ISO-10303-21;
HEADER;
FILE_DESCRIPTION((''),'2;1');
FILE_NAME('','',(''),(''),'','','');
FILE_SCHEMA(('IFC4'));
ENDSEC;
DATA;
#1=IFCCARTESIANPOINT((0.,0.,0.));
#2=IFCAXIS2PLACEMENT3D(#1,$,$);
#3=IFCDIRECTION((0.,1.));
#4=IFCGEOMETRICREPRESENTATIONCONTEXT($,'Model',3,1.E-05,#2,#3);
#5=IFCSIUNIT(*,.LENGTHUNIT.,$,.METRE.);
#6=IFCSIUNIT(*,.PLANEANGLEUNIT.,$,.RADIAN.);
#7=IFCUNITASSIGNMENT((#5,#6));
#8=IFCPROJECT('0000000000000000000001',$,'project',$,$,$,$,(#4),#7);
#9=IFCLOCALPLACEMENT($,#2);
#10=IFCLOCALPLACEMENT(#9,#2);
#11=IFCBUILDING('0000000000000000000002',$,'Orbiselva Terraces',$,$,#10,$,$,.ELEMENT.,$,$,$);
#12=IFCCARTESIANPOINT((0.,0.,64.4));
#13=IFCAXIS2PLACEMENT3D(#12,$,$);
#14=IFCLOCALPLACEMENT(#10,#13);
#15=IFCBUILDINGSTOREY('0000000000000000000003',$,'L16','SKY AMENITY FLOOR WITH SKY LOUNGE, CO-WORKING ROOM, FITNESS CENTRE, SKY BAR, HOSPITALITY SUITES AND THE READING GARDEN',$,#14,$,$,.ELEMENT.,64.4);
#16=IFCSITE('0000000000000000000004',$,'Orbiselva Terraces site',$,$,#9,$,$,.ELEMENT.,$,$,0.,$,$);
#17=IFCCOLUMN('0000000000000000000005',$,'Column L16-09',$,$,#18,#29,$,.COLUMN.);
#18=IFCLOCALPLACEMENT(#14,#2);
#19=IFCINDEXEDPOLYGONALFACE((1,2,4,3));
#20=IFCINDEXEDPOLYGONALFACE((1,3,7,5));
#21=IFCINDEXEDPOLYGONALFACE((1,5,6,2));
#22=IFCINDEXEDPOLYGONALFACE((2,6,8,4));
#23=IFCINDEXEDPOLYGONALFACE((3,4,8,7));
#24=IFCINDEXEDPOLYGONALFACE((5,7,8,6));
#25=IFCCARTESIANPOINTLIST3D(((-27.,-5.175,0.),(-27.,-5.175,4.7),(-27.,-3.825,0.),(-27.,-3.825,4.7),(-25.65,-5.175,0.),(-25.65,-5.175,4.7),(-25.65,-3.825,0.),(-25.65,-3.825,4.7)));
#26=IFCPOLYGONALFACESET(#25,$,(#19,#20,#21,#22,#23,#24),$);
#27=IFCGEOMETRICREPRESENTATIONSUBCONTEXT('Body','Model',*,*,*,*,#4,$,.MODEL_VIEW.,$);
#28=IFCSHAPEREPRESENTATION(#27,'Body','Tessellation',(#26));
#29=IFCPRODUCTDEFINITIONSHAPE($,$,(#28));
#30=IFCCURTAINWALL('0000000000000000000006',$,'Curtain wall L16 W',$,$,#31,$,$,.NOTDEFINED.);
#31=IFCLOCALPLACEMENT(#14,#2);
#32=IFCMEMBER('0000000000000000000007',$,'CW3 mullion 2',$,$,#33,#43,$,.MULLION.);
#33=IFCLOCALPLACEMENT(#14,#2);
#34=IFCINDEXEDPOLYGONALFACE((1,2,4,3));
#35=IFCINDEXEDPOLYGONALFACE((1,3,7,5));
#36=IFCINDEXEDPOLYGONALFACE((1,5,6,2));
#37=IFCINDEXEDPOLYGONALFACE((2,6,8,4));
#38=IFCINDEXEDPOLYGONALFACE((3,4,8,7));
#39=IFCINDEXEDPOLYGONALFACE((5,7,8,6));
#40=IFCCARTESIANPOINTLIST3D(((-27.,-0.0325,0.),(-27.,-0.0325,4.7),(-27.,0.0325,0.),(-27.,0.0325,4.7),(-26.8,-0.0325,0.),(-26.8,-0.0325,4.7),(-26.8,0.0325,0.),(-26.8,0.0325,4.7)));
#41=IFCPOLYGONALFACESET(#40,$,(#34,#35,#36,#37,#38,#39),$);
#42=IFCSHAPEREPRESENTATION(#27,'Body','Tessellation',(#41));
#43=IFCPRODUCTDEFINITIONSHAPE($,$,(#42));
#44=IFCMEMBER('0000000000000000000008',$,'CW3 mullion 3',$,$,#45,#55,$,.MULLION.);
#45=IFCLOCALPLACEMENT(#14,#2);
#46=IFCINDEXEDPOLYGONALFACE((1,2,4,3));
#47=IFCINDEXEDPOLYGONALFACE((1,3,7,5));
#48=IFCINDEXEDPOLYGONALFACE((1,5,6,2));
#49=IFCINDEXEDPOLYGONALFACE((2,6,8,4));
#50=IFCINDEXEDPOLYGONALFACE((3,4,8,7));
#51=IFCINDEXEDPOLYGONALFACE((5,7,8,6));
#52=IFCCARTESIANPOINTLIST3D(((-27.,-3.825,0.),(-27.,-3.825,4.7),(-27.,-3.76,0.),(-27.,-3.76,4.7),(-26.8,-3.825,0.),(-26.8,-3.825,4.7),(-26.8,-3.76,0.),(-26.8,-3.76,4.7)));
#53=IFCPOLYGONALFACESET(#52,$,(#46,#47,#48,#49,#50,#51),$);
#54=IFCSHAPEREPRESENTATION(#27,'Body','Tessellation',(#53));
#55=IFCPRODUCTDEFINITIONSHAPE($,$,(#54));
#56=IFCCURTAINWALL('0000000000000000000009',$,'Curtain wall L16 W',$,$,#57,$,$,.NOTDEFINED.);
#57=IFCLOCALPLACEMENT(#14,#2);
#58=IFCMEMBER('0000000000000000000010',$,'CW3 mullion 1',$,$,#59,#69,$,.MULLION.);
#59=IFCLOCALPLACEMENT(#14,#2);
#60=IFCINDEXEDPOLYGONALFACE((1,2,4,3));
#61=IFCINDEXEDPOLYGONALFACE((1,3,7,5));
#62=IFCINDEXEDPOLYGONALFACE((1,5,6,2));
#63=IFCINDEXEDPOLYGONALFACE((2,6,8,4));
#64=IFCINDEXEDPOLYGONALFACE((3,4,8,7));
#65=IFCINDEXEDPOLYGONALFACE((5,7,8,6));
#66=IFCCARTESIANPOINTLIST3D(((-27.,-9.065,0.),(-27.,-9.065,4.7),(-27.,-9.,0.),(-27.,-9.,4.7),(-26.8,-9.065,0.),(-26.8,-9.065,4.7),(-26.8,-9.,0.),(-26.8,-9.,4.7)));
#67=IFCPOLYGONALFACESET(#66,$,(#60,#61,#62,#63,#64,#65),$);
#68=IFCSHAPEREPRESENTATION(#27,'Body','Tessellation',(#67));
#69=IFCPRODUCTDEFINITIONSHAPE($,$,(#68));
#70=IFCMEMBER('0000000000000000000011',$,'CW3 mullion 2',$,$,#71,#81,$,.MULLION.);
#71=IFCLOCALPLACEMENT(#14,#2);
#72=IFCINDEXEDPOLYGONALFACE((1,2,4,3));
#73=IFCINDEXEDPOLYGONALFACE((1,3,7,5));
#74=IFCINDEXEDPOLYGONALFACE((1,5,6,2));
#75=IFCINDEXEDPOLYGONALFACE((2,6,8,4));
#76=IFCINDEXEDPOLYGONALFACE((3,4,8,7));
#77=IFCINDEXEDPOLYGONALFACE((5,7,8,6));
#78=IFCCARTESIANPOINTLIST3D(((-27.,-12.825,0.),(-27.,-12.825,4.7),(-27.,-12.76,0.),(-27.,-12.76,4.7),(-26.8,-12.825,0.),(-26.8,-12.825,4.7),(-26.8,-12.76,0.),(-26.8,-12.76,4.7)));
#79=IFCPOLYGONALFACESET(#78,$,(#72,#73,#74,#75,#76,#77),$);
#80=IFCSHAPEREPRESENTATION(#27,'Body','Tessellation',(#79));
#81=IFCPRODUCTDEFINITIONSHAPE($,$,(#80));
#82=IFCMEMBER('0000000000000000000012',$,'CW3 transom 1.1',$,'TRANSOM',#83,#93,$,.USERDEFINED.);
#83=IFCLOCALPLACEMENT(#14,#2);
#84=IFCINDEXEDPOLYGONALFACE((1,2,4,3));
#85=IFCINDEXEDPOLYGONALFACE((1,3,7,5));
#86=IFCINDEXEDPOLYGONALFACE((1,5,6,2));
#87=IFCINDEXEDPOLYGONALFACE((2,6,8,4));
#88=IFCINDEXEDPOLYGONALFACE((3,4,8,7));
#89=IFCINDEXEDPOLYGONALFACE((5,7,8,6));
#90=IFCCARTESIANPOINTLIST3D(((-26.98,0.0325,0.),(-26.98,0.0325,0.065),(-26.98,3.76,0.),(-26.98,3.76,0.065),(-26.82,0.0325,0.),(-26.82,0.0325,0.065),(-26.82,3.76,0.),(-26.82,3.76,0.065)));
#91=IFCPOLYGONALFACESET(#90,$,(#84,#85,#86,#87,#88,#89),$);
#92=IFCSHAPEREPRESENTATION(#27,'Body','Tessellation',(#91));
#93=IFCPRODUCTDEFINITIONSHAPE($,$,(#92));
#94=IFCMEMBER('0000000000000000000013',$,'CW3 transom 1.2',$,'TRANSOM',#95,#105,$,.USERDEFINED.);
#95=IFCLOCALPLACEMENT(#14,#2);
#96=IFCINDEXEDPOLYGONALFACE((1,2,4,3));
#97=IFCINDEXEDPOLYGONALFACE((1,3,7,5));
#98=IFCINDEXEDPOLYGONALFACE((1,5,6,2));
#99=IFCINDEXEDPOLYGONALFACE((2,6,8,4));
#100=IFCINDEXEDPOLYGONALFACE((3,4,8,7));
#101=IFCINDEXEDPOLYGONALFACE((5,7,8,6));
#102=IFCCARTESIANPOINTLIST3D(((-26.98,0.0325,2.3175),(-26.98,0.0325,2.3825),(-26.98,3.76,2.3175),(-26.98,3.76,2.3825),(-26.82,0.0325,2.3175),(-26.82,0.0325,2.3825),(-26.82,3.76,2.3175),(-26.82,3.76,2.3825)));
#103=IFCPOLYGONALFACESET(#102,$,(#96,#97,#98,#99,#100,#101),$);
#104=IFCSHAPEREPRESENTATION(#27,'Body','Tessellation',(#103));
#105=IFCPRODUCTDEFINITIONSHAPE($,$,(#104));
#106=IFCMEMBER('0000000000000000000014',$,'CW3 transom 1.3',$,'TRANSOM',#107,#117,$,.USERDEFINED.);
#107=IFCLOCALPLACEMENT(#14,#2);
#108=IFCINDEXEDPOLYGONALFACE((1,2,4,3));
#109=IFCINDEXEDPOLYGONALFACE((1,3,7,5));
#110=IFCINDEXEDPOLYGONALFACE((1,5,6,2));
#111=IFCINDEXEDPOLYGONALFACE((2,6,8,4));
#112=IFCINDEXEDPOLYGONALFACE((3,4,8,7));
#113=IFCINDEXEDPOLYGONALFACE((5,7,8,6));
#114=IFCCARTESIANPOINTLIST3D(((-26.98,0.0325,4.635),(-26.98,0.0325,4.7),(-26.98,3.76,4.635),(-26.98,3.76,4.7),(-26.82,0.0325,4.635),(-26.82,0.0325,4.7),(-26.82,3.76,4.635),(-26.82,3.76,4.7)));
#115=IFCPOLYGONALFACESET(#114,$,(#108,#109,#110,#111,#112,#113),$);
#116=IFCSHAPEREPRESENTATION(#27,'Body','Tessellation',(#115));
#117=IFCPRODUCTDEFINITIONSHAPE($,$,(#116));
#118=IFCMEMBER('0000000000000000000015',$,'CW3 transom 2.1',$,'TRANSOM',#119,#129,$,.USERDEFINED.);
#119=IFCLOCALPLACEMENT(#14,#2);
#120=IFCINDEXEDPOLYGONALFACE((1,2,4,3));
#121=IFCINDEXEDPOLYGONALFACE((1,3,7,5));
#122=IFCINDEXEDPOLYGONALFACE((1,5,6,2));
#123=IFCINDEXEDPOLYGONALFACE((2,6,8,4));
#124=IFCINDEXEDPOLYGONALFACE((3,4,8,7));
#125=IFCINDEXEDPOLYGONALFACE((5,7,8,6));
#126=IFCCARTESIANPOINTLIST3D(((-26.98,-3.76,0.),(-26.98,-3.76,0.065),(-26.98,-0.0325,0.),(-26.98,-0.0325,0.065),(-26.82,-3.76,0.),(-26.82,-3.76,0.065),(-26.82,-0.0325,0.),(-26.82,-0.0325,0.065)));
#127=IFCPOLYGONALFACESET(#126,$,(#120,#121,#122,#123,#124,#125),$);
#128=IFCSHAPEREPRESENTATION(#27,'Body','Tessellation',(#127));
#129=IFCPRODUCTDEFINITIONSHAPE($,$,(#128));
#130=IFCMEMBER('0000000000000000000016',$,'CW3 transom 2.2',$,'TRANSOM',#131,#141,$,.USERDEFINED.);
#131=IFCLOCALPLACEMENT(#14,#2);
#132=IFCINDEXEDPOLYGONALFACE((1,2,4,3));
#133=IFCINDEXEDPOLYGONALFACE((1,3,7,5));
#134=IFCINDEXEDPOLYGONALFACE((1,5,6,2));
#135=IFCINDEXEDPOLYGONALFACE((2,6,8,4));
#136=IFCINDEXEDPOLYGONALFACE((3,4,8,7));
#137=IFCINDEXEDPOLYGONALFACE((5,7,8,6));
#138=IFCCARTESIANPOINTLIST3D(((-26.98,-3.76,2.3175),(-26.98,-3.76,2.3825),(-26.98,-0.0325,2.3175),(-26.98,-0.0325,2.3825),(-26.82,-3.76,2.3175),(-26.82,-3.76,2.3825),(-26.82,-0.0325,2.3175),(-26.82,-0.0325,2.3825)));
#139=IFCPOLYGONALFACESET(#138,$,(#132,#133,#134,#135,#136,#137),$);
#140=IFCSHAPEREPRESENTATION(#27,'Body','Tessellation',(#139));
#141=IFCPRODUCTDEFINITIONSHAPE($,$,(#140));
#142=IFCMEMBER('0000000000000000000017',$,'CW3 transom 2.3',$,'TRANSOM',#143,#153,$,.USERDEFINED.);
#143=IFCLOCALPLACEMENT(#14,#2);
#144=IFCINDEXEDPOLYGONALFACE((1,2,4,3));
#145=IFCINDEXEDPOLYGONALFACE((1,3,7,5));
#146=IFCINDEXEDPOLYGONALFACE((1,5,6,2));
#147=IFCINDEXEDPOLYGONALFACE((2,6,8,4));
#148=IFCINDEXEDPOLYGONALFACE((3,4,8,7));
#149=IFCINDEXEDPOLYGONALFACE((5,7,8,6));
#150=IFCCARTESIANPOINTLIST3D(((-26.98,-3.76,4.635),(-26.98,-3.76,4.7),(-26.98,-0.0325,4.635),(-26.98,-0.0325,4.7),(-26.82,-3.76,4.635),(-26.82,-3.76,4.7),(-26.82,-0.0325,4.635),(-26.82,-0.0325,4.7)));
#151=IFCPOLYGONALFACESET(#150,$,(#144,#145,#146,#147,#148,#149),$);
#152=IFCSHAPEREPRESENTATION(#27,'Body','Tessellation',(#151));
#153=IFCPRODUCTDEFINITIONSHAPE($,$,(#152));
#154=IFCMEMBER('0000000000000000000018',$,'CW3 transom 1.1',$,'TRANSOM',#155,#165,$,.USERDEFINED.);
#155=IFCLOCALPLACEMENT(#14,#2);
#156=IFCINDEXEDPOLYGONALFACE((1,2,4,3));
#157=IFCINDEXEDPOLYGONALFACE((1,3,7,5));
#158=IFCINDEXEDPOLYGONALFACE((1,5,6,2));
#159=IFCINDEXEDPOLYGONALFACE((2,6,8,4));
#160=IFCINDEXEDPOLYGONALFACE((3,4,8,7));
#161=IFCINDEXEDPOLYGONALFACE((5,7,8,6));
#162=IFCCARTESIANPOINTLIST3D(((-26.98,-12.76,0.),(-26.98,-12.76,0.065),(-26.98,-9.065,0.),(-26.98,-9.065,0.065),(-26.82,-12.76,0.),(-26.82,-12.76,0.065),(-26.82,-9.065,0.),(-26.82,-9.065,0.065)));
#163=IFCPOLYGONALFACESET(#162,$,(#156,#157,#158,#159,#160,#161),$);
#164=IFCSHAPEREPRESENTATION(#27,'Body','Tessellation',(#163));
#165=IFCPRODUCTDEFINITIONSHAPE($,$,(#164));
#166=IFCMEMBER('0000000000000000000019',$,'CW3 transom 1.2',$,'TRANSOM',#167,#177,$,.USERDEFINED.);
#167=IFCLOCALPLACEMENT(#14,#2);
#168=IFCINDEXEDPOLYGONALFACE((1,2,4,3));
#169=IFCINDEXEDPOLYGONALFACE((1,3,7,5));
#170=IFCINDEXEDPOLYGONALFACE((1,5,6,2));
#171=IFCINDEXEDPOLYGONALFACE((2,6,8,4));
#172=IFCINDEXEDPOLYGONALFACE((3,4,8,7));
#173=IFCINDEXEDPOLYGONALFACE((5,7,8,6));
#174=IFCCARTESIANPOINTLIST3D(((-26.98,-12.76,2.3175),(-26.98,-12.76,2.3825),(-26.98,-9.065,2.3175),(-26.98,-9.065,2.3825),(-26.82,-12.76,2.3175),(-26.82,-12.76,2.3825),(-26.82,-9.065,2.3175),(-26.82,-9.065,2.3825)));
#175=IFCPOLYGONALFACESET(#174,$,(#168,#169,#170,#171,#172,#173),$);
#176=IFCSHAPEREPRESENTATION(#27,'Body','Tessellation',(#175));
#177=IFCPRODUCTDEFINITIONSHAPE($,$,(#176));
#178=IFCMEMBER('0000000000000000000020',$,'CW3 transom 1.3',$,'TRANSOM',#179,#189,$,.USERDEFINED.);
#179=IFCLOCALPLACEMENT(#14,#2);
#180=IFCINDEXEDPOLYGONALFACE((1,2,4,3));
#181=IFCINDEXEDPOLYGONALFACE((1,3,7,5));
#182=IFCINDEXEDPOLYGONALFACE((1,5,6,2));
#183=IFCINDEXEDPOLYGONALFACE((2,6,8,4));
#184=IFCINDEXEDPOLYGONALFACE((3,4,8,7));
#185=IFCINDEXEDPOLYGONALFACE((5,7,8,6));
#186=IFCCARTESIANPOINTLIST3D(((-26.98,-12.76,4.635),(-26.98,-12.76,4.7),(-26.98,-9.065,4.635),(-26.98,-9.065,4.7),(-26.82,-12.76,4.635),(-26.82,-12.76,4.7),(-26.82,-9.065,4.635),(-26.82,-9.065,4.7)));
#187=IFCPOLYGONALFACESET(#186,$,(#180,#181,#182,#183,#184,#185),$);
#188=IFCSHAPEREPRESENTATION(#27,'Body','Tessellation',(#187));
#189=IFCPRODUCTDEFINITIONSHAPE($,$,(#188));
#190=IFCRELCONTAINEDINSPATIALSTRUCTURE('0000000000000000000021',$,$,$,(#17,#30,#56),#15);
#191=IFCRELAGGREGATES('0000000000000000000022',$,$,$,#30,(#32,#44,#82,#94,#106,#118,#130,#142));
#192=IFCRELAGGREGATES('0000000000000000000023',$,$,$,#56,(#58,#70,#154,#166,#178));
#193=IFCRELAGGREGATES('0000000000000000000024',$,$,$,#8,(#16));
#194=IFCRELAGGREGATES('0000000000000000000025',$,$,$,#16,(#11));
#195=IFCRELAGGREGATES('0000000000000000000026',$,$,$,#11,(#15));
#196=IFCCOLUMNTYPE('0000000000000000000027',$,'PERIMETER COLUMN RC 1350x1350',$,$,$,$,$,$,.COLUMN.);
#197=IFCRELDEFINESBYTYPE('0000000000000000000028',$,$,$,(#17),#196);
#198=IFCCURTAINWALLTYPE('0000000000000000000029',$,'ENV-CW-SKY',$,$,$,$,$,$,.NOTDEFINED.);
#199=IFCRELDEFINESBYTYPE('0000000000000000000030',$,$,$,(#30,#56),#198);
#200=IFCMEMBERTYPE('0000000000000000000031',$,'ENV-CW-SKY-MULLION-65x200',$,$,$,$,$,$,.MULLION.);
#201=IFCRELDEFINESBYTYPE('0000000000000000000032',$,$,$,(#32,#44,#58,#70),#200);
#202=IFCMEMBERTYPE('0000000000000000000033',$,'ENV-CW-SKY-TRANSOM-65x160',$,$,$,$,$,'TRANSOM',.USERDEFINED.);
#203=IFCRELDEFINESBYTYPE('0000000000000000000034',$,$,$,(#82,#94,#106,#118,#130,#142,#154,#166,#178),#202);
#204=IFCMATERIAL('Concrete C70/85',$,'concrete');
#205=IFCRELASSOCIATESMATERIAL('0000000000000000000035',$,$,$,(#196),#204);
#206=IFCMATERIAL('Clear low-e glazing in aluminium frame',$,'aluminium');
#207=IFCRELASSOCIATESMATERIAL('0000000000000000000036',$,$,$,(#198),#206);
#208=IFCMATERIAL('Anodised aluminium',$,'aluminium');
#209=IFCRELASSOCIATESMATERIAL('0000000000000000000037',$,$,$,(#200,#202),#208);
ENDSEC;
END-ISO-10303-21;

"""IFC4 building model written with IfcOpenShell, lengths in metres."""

from ifc_helpers import new_model, si_unit, direction, frame, origin, origin_2d, place, context, subcontext, project, spatial, rectangle, extrude, material, material_profile, profile_set, type_object, element, aggregate, save


model = new_model("IFC4")

# Units and contexts
model_context = context("Model", 3, precision=1e-05, world=origin(), true_north=direction((0.0, 1.0)))
body_context = subcontext(model_context, "Body", "Model", "MODEL_VIEW")
ifc_project = project(units=[si_unit("LENGTHUNIT", "METRE"), si_unit("PLANEANGLEUNIT", "RADIAN")], contexts=[model_context])

# Site, building, storey
site_placement = place(None, origin())
site = spatial("IfcSite", under=ifc_project, at=site_placement, Name="Orbiselva Terraces site", CompositionType="ELEMENT", RefElevation=0.0)
building_placement = place(site_placement, origin())
building = spatial("IfcBuilding", under=site, at=building_placement, Name="Orbiselva Terraces", CompositionType="ELEMENT")
storey_placement = place(building_placement, frame((0.0, 0.0, 64.4)))
storey = spatial("IfcBuildingStorey", under=building, at=storey_placement, Name="L16", Description="SKY AMENITY FLOOR WITH SKY LOUNGE, CO-WORKING ROOM, FITNESS CENTRE, SKY BAR, HOSPITALITY SUITES AND THE READING GARDEN", CompositionType="ELEMENT", Elevation=64.4)

# Column
ifc_material_1 = material(Name="Concrete C70/85", Category="concrete")
ifc_material_profile_1 = material_profile(ifc_material_1, rectangle(XDim=1.35, YDim=1.35, at=origin_2d()), Name="RC 1350x1350")
ifc_profile_set_1 = profile_set([ifc_material_profile_1], Name="Concrete C70/85")
column_type = type_object("IfcColumnType", Name="PERIMETER COLUMN RC 1350x1350", PredefinedType="COLUMN", material=ifc_profile_set_1)
column_placement = place(storey_placement, frame((-26.325, -4.5, 0.0), z_axis=(0.0, 0.0, 1.0), x_axis=(1.0, 0.0, 0.0)))
element("IfcColumn", 1, at=column_placement, inside=storey, type_object=column_type, Name="Column L16-09", PredefinedType="COLUMN", context=body_context, shape_type="SweptSolid", body=[
    extrude(rectangle(XDim=1.35, YDim=1.35, at=origin_2d()), origin(), (0.0, 0.0, 1.0), 4.7),
])

# Curtain walls, members
ifc_material_2 = material(Name="Clear low-e glazing in aluminium frame", Category="aluminium")
curtain_wall_type = type_object("IfcCurtainWallType", Name="ENV-CW-SKY", PredefinedType="NOTDEFINED", material=ifc_material_2)
curtain_wall_1_placement = place(storey_placement, origin())
curtain_wall_1 = element("IfcCurtainWall", 2, at=curtain_wall_1_placement, inside=storey, type_object=curtain_wall_type, Name="Curtain wall L16 W", PredefinedType="NOTDEFINED")
ifc_material_3 = material(Name="Anodised aluminium", Category="aluminium")
ifc_material_profile_2 = material_profile(ifc_material_3, rectangle(XDim=0.2, YDim=0.065, at=origin_2d()), Name="AL 65x200")
ifc_profile_set_2 = profile_set([ifc_material_profile_2], Name="Anodised aluminium")
member_type_1 = type_object("IfcMemberType", Name="ENV-CW-SKY-MULLION-65x200", PredefinedType="MULLION", material=ifc_profile_set_2)
member_1_placement = place(storey_placement, frame((-26.9, 0.0, 0.0), z_axis=(0.0, 0.0, 1.0), x_axis=(1.0, 0.0, 0.0)))
member_1 = element("IfcMember", 3, at=member_1_placement, type_object=member_type_1, Name="CW3 mullion 2", PredefinedType="MULLION", context=body_context, shape_type="SweptSolid", body=[
    extrude(rectangle(XDim=0.2, YDim=0.065, at=origin_2d()), origin(), (0.0, 0.0, 1.0), 4.7),
])
member_2_placement = place(storey_placement, frame((-26.9, -3.7925, 0.0), z_axis=(0.0, 0.0, 1.0), x_axis=(1.0, 0.0, 0.0)))
member_2 = element("IfcMember", 4, at=member_2_placement, type_object=member_type_1, Name="CW3 mullion 3", PredefinedType="MULLION", context=body_context, shape_type="SweptSolid", body=[
    extrude(rectangle(XDim=0.2, YDim=0.065, at=origin_2d()), origin(), (0.0, 0.0, 1.0), 4.7),
])
curtain_wall_2_placement = place(storey_placement, origin())
curtain_wall_2 = element("IfcCurtainWall", 5, at=curtain_wall_2_placement, inside=storey, type_object=curtain_wall_type, Name="Curtain wall L16 W", PredefinedType="NOTDEFINED")
member_3_placement = place(storey_placement, frame((-26.9, -9.0325, 0.0), z_axis=(0.0, 0.0, 1.0), x_axis=(1.0, 0.0, 0.0)))
member_3 = element("IfcMember", 6, at=member_3_placement, type_object=member_type_1, Name="CW3 mullion 1", PredefinedType="MULLION", context=body_context, shape_type="SweptSolid", body=[
    extrude(rectangle(XDim=0.2, YDim=0.065, at=origin_2d()), origin(), (0.0, 0.0, 1.0), 4.7),
])
member_4_placement = place(storey_placement, frame((-26.9, -12.7925, 0.0), z_axis=(0.0, 0.0, 1.0), x_axis=(1.0, 0.0, 0.0)))
member_4 = element("IfcMember", 7, at=member_4_placement, type_object=member_type_1, Name="CW3 mullion 2", PredefinedType="MULLION", context=body_context, shape_type="SweptSolid", body=[
    extrude(rectangle(XDim=0.2, YDim=0.065, at=origin_2d()), origin(), (0.0, 0.0, 1.0), 4.7),
])

# Members
ifc_material_profile_3 = material_profile(ifc_material_3, rectangle(XDim=0.16, YDim=0.065, at=origin_2d()), Name="AL 65x160")
ifc_profile_set_3 = profile_set([ifc_material_profile_3], Name="Anodised aluminium")
member_type_2 = type_object("IfcMemberType", Name="ENV-CW-SKY-TRANSOM-65x160", ElementType="TRANSOM", PredefinedType="USERDEFINED", material=ifc_profile_set_3)
member_5_placement = place(storey_placement, frame((-26.9, 3.76, 0.0325), z_axis=(0.0, -1.0, 0.0), x_axis=(1.0, 0.0, 0.0)))
member_5 = element("IfcMember", 8, at=member_5_placement, type_object=member_type_2, Name="CW3 transom 1.1", ObjectType="TRANSOM", PredefinedType="USERDEFINED", context=body_context, shape_type="SweptSolid", body=[
    extrude(rectangle(XDim=0.16, YDim=0.065, at=origin_2d()), origin(), (0.0, 0.0, 1.0), 3.7275),
])
member_6_placement = place(storey_placement, frame((-26.9, 3.76, 2.35), z_axis=(0.0, -1.0, 0.0), x_axis=(1.0, 0.0, 0.0)))
member_6 = element("IfcMember", 9, at=member_6_placement, type_object=member_type_2, Name="CW3 transom 1.2", ObjectType="TRANSOM", PredefinedType="USERDEFINED", context=body_context, shape_type="SweptSolid", body=[
    extrude(rectangle(XDim=0.16, YDim=0.065, at=origin_2d()), origin(), (0.0, 0.0, 1.0), 3.7275),
])
member_7_placement = place(storey_placement, frame((-26.9, 3.76, 4.6675), z_axis=(0.0, -1.0, 0.0), x_axis=(1.0, 0.0, 0.0)))
member_7 = element("IfcMember", 10, at=member_7_placement, type_object=member_type_2, Name="CW3 transom 1.3", ObjectType="TRANSOM", PredefinedType="USERDEFINED", context=body_context, shape_type="SweptSolid", body=[
    extrude(rectangle(XDim=0.16, YDim=0.065, at=origin_2d()), origin(), (0.0, 0.0, 1.0), 3.7275),
])
member_8_placement = place(storey_placement, frame((-26.9, -0.0325, 0.0325), z_axis=(0.0, -1.0, 0.0), x_axis=(1.0, 0.0, 0.0)))
member_8 = element("IfcMember", 11, at=member_8_placement, type_object=member_type_2, Name="CW3 transom 2.1", ObjectType="TRANSOM", PredefinedType="USERDEFINED", context=body_context, shape_type="SweptSolid", body=[
    extrude(rectangle(XDim=0.16, YDim=0.065, at=origin_2d()), origin(), (0.0, 0.0, 1.0), 3.7275),
])
member_9_placement = place(storey_placement, frame((-26.9, -0.0325, 2.35), z_axis=(0.0, -1.0, 0.0), x_axis=(1.0, 0.0, 0.0)))
member_9 = element("IfcMember", 12, at=member_9_placement, type_object=member_type_2, Name="CW3 transom 2.2", ObjectType="TRANSOM", PredefinedType="USERDEFINED", context=body_context, shape_type="SweptSolid", body=[
    extrude(rectangle(XDim=0.16, YDim=0.065, at=origin_2d()), origin(), (0.0, 0.0, 1.0), 3.7275),
])
member_10_placement = place(storey_placement, frame((-26.9, -0.0325, 4.6675), z_axis=(0.0, -1.0, 0.0), x_axis=(1.0, 0.0, 0.0)))
member_10 = element("IfcMember", 13, at=member_10_placement, type_object=member_type_2, Name="CW3 transom 2.3", ObjectType="TRANSOM", PredefinedType="USERDEFINED", context=body_context, shape_type="SweptSolid", body=[
    extrude(rectangle(XDim=0.16, YDim=0.065, at=origin_2d()), origin(), (0.0, 0.0, 1.0), 3.7275),
])
member_11_placement = place(storey_placement, frame((-26.9, -9.065, 0.0325), z_axis=(0.0, -1.0, 0.0), x_axis=(1.0, 0.0, 0.0)))
member_11 = element("IfcMember", 14, at=member_11_placement, type_object=member_type_2, Name="CW3 transom 1.1", ObjectType="TRANSOM", PredefinedType="USERDEFINED", context=body_context, shape_type="SweptSolid", body=[
    extrude(rectangle(XDim=0.16, YDim=0.065, at=origin_2d()), origin(), (0.0, 0.0, 1.0), 3.695),
])
member_12_placement = place(storey_placement, frame((-26.9, -9.065, 2.35), z_axis=(0.0, -1.0, 0.0), x_axis=(1.0, 0.0, 0.0)))
member_12 = element("IfcMember", 15, at=member_12_placement, type_object=member_type_2, Name="CW3 transom 1.2", ObjectType="TRANSOM", PredefinedType="USERDEFINED", context=body_context, shape_type="SweptSolid", body=[
    extrude(rectangle(XDim=0.16, YDim=0.065, at=origin_2d()), origin(), (0.0, 0.0, 1.0), 3.695),
])
member_13_placement = place(storey_placement, frame((-26.9, -9.065, 4.6675), z_axis=(0.0, -1.0, 0.0), x_axis=(1.0, 0.0, 0.0)))
member_13 = element("IfcMember", 16, at=member_13_placement, type_object=member_type_2, Name="CW3 transom 1.3", ObjectType="TRANSOM", PredefinedType="USERDEFINED", context=body_context, shape_type="SweptSolid", body=[
    extrude(rectangle(XDim=0.16, YDim=0.065, at=origin_2d()), origin(), (0.0, 0.0, 1.0), 3.695),
])

aggregate(curtain_wall_1, [member_1, member_2, member_5, member_6, member_7, member_8, member_9, member_10])
aggregate(curtain_wall_2, [member_3, member_4, member_11, member_12, member_13])

save(model, "model.ifc")
